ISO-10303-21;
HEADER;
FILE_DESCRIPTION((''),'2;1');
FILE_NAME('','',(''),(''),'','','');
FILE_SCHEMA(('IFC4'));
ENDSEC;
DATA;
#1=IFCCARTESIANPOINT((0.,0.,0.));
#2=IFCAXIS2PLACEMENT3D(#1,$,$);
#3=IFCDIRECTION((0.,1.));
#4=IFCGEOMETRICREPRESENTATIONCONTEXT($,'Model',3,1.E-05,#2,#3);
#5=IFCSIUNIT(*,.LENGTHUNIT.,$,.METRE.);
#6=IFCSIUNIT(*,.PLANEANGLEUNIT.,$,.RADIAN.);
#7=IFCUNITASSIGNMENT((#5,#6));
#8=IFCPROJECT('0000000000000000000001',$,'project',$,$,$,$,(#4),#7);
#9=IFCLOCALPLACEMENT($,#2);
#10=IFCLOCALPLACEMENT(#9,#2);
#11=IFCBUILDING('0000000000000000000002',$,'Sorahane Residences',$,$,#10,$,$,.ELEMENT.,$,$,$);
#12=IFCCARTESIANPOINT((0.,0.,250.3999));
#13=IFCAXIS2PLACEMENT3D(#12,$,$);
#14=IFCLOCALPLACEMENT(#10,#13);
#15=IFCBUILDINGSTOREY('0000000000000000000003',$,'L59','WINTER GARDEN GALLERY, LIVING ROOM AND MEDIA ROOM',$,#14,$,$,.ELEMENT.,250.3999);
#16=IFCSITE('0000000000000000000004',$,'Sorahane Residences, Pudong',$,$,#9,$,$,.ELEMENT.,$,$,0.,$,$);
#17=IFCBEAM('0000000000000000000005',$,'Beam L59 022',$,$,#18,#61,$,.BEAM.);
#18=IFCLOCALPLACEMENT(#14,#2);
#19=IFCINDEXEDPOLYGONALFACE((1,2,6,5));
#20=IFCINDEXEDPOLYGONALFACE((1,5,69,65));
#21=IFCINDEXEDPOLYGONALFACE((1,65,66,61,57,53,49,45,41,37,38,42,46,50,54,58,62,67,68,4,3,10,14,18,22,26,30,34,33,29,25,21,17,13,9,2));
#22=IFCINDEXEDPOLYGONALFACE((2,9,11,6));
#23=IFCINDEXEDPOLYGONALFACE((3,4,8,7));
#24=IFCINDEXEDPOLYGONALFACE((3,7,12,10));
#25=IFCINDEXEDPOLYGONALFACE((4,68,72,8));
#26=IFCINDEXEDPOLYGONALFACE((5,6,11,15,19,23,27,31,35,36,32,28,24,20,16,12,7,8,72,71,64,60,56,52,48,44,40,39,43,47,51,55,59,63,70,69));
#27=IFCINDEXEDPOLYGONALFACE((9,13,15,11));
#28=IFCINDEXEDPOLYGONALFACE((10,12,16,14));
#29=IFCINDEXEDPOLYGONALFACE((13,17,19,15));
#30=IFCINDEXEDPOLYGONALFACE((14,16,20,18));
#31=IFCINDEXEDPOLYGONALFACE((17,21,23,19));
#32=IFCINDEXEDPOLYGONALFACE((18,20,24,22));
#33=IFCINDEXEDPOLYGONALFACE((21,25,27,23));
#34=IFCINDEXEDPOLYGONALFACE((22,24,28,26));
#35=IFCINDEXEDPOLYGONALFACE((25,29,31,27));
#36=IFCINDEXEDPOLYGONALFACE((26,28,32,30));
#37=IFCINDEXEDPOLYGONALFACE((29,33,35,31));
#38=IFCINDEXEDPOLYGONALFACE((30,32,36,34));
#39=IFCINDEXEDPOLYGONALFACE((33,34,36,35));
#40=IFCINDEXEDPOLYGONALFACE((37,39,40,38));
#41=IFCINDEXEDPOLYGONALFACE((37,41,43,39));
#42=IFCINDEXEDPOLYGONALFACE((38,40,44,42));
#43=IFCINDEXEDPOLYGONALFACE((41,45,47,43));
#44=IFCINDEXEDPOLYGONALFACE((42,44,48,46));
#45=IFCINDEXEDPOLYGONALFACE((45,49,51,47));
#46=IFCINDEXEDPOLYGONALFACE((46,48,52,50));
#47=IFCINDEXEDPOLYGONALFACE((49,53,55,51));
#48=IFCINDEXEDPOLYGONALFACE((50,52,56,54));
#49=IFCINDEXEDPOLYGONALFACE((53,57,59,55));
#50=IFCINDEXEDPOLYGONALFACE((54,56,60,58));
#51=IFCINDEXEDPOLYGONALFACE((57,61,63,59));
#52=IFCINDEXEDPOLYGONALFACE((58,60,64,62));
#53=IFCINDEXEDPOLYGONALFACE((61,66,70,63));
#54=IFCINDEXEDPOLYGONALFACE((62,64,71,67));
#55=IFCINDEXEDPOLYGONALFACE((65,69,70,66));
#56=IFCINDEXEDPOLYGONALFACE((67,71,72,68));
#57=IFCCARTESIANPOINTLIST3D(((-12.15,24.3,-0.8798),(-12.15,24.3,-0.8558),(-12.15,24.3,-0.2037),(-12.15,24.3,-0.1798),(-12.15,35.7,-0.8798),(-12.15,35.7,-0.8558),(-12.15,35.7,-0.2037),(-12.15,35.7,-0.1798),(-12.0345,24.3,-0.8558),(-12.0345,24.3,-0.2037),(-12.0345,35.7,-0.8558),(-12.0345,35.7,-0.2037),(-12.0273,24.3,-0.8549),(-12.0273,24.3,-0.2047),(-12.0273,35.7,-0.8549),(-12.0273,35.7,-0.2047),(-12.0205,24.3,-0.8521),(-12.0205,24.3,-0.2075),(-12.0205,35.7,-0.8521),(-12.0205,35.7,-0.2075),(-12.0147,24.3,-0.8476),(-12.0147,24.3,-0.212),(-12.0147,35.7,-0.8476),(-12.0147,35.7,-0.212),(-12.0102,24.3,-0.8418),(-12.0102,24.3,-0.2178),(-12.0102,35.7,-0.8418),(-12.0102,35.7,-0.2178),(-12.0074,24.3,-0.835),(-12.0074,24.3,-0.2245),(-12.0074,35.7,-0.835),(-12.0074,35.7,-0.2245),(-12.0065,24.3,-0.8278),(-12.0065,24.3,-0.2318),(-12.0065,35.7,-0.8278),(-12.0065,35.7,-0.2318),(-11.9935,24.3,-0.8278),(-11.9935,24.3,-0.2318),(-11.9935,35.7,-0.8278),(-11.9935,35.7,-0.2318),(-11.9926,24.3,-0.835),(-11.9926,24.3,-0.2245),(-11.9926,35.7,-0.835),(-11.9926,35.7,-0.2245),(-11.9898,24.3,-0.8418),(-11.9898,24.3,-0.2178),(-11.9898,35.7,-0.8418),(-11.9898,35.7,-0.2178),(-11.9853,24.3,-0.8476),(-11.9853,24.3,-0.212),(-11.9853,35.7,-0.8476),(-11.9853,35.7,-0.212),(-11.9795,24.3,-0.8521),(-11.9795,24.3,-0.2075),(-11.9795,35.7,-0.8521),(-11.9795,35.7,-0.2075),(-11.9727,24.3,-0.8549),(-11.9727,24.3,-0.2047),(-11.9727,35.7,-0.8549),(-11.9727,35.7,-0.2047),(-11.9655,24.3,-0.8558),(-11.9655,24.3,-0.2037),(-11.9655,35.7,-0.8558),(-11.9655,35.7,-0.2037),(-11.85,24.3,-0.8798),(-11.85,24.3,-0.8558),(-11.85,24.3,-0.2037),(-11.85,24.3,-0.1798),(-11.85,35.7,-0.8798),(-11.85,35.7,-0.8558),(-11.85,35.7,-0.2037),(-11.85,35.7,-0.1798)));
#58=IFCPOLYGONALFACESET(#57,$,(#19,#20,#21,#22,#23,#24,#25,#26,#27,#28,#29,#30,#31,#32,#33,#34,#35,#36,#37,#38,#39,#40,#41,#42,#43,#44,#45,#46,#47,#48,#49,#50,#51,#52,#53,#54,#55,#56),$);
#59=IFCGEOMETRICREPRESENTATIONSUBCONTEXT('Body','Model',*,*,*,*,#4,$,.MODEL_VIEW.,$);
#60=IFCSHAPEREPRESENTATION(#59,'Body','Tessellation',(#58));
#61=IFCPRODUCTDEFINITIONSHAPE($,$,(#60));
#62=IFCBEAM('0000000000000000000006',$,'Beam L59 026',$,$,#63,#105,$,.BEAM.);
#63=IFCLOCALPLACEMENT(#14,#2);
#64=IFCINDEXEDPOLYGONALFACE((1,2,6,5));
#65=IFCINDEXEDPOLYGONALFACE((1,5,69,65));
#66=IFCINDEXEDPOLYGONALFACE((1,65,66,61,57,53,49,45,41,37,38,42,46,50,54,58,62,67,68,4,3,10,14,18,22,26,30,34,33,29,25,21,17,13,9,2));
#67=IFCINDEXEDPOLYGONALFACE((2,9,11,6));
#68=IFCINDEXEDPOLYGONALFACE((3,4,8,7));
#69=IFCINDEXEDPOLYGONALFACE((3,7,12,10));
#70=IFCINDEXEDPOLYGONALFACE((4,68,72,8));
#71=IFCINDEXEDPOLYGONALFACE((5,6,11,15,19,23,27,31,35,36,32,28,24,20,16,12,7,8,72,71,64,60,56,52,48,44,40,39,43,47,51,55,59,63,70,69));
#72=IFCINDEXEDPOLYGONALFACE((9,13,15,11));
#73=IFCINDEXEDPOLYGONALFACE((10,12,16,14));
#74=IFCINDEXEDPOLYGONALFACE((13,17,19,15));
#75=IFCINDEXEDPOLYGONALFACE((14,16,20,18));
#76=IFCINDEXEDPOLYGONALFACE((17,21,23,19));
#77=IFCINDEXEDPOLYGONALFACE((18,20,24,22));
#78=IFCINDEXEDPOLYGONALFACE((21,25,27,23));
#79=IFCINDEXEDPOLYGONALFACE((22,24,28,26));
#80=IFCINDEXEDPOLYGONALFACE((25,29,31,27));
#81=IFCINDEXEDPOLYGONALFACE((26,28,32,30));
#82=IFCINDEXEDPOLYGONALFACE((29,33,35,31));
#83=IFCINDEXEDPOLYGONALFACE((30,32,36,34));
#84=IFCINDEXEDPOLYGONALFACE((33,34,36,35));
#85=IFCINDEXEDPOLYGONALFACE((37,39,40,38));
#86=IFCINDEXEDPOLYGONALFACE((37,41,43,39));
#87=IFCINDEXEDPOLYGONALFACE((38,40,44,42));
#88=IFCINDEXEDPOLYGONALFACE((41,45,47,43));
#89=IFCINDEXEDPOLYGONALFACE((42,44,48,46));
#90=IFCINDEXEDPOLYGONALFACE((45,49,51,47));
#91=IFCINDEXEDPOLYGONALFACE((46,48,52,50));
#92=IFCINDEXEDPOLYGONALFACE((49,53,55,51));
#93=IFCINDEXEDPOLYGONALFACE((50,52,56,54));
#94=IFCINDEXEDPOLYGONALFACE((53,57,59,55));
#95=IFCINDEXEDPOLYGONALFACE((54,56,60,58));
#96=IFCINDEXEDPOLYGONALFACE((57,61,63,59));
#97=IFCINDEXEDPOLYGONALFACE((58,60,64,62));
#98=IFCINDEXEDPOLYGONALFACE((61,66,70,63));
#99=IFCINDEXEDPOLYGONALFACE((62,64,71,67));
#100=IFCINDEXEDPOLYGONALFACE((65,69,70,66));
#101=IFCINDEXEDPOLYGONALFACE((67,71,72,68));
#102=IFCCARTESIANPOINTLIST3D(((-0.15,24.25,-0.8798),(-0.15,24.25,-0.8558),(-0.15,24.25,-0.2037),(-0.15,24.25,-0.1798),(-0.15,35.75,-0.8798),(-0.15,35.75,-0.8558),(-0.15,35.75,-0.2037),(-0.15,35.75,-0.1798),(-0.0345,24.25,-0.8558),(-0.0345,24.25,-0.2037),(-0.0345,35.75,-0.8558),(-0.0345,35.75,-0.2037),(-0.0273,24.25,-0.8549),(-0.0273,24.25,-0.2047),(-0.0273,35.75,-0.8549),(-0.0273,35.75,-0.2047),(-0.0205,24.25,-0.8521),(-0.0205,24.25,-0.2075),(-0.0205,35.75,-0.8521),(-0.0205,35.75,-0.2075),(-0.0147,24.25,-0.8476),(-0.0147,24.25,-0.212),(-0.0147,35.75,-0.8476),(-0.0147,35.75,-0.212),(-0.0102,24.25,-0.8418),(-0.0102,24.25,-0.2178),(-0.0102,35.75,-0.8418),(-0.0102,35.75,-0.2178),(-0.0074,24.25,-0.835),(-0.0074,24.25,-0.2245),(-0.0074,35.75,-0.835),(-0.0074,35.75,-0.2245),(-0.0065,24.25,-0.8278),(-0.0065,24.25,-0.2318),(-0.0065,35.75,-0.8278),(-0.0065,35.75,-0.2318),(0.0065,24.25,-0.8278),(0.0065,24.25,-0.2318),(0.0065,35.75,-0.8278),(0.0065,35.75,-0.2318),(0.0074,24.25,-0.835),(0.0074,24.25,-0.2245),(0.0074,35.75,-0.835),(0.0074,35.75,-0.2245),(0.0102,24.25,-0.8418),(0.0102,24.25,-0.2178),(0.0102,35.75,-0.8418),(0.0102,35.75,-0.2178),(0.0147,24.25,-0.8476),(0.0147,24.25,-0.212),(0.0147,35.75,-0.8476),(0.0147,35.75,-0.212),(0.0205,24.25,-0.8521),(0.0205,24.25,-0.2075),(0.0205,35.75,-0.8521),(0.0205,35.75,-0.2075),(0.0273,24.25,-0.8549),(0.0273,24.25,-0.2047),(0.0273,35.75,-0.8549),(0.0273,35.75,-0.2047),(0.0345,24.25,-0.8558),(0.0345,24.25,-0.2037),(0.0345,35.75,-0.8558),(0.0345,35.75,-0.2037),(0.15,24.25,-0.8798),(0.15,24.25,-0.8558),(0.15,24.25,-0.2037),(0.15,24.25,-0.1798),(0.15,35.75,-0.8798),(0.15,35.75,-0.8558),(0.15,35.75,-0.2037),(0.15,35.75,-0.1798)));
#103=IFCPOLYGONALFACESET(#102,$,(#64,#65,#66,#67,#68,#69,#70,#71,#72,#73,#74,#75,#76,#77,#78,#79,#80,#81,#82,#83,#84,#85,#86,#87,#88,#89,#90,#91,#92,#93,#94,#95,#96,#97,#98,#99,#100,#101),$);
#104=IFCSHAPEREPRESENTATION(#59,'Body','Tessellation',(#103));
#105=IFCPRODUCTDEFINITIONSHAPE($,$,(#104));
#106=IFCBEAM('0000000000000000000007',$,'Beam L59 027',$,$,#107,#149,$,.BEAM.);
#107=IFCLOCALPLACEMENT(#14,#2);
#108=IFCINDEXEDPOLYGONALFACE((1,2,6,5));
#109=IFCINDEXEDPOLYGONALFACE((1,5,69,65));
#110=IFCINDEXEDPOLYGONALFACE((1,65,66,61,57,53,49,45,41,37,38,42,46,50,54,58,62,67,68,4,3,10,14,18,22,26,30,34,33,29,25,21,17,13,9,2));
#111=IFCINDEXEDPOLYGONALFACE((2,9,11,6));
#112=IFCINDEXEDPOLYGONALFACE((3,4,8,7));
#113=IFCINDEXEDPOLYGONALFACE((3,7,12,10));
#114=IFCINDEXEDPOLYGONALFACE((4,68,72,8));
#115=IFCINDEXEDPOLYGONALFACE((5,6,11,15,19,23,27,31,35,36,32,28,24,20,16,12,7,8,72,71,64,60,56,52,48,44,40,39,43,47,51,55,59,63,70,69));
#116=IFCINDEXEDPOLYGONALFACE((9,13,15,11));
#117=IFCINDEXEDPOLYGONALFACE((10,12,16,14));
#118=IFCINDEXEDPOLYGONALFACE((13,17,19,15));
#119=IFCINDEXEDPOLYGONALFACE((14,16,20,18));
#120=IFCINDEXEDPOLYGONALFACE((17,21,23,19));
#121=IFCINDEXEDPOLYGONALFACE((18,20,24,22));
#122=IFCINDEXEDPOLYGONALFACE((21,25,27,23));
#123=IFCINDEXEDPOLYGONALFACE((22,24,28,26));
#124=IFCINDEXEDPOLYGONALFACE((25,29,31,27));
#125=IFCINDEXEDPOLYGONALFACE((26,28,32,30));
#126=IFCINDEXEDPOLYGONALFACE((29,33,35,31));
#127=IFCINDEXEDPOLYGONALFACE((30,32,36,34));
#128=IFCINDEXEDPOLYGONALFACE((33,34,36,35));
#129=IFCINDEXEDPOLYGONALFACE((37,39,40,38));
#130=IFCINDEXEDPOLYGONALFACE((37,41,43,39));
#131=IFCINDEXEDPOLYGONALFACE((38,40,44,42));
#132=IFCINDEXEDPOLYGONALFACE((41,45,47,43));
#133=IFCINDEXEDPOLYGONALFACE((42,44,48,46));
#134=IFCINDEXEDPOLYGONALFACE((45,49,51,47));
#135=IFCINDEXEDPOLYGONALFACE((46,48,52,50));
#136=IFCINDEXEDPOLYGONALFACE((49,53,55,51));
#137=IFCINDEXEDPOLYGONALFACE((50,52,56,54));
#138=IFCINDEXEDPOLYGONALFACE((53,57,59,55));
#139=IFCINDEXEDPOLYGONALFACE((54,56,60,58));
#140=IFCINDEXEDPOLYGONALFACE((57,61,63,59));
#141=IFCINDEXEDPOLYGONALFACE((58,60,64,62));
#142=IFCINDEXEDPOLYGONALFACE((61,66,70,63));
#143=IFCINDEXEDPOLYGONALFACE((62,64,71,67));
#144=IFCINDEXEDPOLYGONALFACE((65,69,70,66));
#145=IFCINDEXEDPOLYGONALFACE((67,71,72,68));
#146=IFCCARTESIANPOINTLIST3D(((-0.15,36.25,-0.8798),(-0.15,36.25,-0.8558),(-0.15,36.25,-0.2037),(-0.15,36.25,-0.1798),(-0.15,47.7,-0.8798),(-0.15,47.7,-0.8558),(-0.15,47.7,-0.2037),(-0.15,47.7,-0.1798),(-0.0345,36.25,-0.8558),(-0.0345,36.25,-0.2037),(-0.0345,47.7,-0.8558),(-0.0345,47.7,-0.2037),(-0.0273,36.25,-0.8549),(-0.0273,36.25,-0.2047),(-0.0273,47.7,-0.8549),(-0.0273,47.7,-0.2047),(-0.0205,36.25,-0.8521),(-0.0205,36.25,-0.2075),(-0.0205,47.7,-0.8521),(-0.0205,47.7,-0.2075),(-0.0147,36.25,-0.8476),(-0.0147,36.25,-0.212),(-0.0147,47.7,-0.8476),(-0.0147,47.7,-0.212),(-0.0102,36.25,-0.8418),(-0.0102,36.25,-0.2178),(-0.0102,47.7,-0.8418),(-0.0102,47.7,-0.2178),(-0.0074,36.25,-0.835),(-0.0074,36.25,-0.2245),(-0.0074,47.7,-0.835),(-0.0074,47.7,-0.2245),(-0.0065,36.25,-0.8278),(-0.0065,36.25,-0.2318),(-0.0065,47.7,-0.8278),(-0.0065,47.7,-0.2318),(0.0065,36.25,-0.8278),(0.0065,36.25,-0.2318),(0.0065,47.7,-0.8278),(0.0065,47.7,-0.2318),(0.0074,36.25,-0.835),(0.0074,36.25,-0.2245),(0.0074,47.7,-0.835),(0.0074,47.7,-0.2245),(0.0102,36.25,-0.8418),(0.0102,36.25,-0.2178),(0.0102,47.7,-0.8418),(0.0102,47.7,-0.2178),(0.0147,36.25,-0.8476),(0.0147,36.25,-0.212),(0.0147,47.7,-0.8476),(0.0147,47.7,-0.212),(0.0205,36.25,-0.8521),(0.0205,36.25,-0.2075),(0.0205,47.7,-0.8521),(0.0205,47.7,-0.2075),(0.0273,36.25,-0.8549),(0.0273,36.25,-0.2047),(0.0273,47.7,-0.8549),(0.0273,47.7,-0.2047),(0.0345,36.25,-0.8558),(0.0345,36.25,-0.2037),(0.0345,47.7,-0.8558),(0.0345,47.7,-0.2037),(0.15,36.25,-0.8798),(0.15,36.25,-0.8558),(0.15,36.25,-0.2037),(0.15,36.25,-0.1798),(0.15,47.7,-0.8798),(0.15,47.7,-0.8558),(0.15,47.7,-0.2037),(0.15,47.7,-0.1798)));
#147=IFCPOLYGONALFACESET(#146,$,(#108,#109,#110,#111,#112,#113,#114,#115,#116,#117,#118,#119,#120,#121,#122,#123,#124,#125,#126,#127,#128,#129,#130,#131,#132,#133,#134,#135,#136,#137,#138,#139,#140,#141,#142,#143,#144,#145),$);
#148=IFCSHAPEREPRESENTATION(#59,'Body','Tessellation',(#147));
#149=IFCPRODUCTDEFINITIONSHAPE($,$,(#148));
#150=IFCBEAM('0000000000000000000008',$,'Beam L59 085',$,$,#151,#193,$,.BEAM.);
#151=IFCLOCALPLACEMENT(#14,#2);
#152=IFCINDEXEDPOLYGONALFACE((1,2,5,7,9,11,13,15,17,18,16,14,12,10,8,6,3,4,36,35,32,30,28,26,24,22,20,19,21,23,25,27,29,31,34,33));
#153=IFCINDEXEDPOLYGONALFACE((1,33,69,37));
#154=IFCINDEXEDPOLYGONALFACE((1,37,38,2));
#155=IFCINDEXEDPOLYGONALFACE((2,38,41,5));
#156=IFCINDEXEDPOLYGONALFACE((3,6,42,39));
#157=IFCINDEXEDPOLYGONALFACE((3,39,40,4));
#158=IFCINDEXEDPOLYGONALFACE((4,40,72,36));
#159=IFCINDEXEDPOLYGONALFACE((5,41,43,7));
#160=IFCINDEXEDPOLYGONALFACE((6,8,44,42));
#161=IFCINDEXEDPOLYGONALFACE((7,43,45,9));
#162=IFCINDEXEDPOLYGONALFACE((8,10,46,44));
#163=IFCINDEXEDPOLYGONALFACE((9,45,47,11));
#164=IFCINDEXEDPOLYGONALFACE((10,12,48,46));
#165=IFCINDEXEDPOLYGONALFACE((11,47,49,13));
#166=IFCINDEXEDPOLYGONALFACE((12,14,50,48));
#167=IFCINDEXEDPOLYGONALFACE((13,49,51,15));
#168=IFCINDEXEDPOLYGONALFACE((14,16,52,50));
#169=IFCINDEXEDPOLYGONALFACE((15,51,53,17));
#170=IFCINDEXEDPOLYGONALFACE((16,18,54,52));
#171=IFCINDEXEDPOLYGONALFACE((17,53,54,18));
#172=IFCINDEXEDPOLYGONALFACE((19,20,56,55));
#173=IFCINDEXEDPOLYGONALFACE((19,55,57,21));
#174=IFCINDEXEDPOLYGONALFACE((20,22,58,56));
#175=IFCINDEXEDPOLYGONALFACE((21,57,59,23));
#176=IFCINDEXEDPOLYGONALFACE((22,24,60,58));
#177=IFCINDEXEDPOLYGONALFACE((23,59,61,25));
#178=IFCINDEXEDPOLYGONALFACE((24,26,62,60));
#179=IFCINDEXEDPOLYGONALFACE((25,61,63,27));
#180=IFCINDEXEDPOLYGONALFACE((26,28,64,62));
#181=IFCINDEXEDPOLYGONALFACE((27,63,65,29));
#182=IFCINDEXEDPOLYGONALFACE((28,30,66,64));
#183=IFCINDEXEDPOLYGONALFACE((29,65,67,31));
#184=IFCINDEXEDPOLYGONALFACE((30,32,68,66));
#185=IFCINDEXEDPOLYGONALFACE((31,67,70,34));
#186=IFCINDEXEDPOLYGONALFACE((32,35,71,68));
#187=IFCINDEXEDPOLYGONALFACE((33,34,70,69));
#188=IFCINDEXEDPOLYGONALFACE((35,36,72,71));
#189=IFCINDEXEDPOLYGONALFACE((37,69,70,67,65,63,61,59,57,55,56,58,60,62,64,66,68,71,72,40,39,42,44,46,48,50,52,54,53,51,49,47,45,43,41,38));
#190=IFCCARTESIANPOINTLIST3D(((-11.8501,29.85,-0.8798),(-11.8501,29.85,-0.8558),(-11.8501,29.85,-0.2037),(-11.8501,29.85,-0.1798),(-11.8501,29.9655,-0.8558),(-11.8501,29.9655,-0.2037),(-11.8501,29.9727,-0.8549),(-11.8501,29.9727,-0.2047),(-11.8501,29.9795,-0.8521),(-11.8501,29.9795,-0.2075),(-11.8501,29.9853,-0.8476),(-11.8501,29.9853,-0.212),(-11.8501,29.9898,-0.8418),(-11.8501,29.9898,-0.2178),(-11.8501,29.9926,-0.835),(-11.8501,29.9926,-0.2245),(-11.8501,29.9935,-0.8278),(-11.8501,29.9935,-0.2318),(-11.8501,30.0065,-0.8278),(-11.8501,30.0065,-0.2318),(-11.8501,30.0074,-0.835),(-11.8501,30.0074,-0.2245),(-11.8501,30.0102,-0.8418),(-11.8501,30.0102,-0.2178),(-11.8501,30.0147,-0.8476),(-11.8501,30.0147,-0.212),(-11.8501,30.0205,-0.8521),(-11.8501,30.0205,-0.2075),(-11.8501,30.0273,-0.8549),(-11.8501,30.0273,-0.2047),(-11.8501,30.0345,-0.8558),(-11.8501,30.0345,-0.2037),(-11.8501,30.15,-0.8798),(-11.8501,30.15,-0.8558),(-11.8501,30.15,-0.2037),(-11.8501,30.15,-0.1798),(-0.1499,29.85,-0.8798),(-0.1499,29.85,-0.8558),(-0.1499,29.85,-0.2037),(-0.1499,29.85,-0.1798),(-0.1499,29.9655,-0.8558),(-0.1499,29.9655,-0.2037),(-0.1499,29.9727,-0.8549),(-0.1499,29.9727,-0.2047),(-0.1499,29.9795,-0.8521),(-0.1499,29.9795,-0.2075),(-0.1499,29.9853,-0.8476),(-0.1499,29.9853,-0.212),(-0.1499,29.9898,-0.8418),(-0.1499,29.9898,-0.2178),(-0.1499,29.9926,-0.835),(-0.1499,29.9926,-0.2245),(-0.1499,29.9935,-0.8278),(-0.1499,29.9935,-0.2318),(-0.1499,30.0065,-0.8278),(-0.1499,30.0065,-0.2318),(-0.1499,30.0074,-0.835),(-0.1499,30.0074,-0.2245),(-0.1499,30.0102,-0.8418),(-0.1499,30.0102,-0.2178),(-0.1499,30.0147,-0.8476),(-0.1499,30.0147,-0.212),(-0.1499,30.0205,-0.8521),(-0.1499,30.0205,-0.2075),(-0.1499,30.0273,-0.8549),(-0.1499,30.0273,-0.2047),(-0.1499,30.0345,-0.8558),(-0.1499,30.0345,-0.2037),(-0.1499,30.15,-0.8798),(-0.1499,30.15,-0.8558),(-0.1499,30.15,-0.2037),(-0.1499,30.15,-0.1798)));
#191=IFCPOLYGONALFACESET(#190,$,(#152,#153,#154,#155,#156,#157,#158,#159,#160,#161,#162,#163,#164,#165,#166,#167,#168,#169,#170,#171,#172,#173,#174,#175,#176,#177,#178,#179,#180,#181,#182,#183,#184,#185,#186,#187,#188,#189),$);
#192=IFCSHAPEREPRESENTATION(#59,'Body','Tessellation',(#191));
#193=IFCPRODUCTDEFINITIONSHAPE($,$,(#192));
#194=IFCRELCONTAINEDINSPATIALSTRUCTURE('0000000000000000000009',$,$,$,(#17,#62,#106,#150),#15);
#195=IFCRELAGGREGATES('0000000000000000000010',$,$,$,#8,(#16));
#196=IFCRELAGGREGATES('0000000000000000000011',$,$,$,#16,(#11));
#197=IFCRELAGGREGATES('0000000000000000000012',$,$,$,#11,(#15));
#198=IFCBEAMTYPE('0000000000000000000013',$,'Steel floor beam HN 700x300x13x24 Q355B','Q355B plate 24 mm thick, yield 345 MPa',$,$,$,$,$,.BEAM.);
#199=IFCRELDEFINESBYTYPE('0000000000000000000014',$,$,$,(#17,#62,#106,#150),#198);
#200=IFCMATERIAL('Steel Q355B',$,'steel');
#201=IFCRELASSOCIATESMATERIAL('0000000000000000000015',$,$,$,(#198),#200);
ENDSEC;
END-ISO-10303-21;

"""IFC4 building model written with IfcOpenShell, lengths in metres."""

from ifc_helpers import new_model, si_unit, direction, frame, origin, origin_2d, place, context, subcontext, project, spatial, i_section, extrude, material, material_profile, profile_set, type_object, element, save


model = new_model("IFC4")

# Units and contexts
model_context = context("Model", 3, precision=1e-05, world=origin(), true_north=direction((0.0, 1.0)))
body_context = subcontext(model_context, "Body", "Model", "MODEL_VIEW")
ifc_project = project(units=[si_unit("LENGTHUNIT", "METRE"), si_unit("PLANEANGLEUNIT", "RADIAN")], contexts=[model_context])

# Site, building, storey
site_placement = place(None, origin())
site = spatial("IfcSite", under=ifc_project, at=site_placement, Name="Sorahane Residences, Pudong", CompositionType="ELEMENT", RefElevation=0.0)
building_placement = place(site_placement, origin())
building = spatial("IfcBuilding", under=site, at=building_placement, Name="Sorahane Residences", CompositionType="ELEMENT")
storey_placement = place(building_placement, frame((0.0, 0.0, 250.3999)))
storey = spatial("IfcBuildingStorey", under=building, at=storey_placement, Name="L59", Description="WINTER GARDEN GALLERY, LIVING ROOM AND MEDIA ROOM", CompositionType="ELEMENT", Elevation=250.3999)

# Beams
ifc_material_1 = material(Name="Steel Q355B", Category="steel")
ifc_material_profile_1 = material_profile(ifc_material_1, i_section(OverallWidth=0.3, OverallDepth=0.7, WebThickness=0.0129, FlangeThickness=0.0239, FilletRadius=0.0281, at=origin_2d()), Name="HN 700x300x13x24")
ifc_profile_set_1 = profile_set([ifc_material_profile_1], Name="Steel Q355B")
beam_type_1 = type_object("IfcBeamType", Name="Steel floor beam HN 700x300x13x24 Q355B", Description="Q355B plate 24 mm thick, yield 345 MPa", PredefinedType="BEAM", material=ifc_profile_set_1)
beam_1_placement = place(storey_placement, frame((-12.0, 24.3, -0.5298), z_axis=(0.0, 1.0, 0.0), x_axis=(-1.0, 0.0, 0.0)))
element("IfcBeam", 1, at=beam_1_placement, inside=storey, type_object=beam_type_1, Name="Beam L59 022", PredefinedType="BEAM", context=body_context, shape_type="SweptSolid", body=[
    extrude(i_section(OverallWidth=0.3, OverallDepth=0.7, WebThickness=0.0129, FlangeThickness=0.0239, FilletRadius=0.0281, at=origin_2d()), origin(), (0.0, 0.0, 1.0), 11.3999),
])
beam_2_placement = place(storey_placement, frame((0.0, 24.25, -0.5298), z_axis=(0.0, 1.0, 0.0), x_axis=(-1.0, 0.0, 0.0)))
element("IfcBeam", 2, at=beam_2_placement, inside=storey, type_object=beam_type_1, Name="Beam L59 026", PredefinedType="BEAM", context=body_context, shape_type="SweptSolid", body=[
    extrude(i_section(OverallWidth=0.3, OverallDepth=0.7, WebThickness=0.0129, FlangeThickness=0.0239, FilletRadius=0.0281, at=origin_2d()), origin(), (0.0, 0.0, 1.0), 11.5),
])
beam_3_placement = place(storey_placement, frame((0.0, 36.25, -0.5298), z_axis=(0.0, 1.0, 0.0), x_axis=(-1.0, 0.0, 0.0)))
element("IfcBeam", 3, at=beam_3_placement, inside=storey, type_object=beam_type_1, Name="Beam L59 027", PredefinedType="BEAM", context=body_context, shape_type="SweptSolid", body=[
    extrude(i_section(OverallWidth=0.3, OverallDepth=0.7, WebThickness=0.0129, FlangeThickness=0.0239, FilletRadius=0.0281, at=origin_2d()), origin(), (0.0, 0.0, 1.0), 11.45),
])
beam_4_placement = place(storey_placement, frame((-11.8501, 30.0, -0.5298), z_axis=(1.0, 0.0, 0.0), x_axis=(0.0, 1.0, 0.0)))
element("IfcBeam", 4, at=beam_4_placement, inside=storey, type_object=beam_type_1, Name="Beam L59 085", PredefinedType="BEAM", context=body_context, shape_type="SweptSolid", body=[
    extrude(i_section(OverallWidth=0.3, OverallDepth=0.7, WebThickness=0.0129, FlangeThickness=0.0239, FilletRadius=0.0281, at=origin_2d()), origin(), (0.0, 0.0, 1.0), 11.7002),
])

save(model, "model.ifc")
